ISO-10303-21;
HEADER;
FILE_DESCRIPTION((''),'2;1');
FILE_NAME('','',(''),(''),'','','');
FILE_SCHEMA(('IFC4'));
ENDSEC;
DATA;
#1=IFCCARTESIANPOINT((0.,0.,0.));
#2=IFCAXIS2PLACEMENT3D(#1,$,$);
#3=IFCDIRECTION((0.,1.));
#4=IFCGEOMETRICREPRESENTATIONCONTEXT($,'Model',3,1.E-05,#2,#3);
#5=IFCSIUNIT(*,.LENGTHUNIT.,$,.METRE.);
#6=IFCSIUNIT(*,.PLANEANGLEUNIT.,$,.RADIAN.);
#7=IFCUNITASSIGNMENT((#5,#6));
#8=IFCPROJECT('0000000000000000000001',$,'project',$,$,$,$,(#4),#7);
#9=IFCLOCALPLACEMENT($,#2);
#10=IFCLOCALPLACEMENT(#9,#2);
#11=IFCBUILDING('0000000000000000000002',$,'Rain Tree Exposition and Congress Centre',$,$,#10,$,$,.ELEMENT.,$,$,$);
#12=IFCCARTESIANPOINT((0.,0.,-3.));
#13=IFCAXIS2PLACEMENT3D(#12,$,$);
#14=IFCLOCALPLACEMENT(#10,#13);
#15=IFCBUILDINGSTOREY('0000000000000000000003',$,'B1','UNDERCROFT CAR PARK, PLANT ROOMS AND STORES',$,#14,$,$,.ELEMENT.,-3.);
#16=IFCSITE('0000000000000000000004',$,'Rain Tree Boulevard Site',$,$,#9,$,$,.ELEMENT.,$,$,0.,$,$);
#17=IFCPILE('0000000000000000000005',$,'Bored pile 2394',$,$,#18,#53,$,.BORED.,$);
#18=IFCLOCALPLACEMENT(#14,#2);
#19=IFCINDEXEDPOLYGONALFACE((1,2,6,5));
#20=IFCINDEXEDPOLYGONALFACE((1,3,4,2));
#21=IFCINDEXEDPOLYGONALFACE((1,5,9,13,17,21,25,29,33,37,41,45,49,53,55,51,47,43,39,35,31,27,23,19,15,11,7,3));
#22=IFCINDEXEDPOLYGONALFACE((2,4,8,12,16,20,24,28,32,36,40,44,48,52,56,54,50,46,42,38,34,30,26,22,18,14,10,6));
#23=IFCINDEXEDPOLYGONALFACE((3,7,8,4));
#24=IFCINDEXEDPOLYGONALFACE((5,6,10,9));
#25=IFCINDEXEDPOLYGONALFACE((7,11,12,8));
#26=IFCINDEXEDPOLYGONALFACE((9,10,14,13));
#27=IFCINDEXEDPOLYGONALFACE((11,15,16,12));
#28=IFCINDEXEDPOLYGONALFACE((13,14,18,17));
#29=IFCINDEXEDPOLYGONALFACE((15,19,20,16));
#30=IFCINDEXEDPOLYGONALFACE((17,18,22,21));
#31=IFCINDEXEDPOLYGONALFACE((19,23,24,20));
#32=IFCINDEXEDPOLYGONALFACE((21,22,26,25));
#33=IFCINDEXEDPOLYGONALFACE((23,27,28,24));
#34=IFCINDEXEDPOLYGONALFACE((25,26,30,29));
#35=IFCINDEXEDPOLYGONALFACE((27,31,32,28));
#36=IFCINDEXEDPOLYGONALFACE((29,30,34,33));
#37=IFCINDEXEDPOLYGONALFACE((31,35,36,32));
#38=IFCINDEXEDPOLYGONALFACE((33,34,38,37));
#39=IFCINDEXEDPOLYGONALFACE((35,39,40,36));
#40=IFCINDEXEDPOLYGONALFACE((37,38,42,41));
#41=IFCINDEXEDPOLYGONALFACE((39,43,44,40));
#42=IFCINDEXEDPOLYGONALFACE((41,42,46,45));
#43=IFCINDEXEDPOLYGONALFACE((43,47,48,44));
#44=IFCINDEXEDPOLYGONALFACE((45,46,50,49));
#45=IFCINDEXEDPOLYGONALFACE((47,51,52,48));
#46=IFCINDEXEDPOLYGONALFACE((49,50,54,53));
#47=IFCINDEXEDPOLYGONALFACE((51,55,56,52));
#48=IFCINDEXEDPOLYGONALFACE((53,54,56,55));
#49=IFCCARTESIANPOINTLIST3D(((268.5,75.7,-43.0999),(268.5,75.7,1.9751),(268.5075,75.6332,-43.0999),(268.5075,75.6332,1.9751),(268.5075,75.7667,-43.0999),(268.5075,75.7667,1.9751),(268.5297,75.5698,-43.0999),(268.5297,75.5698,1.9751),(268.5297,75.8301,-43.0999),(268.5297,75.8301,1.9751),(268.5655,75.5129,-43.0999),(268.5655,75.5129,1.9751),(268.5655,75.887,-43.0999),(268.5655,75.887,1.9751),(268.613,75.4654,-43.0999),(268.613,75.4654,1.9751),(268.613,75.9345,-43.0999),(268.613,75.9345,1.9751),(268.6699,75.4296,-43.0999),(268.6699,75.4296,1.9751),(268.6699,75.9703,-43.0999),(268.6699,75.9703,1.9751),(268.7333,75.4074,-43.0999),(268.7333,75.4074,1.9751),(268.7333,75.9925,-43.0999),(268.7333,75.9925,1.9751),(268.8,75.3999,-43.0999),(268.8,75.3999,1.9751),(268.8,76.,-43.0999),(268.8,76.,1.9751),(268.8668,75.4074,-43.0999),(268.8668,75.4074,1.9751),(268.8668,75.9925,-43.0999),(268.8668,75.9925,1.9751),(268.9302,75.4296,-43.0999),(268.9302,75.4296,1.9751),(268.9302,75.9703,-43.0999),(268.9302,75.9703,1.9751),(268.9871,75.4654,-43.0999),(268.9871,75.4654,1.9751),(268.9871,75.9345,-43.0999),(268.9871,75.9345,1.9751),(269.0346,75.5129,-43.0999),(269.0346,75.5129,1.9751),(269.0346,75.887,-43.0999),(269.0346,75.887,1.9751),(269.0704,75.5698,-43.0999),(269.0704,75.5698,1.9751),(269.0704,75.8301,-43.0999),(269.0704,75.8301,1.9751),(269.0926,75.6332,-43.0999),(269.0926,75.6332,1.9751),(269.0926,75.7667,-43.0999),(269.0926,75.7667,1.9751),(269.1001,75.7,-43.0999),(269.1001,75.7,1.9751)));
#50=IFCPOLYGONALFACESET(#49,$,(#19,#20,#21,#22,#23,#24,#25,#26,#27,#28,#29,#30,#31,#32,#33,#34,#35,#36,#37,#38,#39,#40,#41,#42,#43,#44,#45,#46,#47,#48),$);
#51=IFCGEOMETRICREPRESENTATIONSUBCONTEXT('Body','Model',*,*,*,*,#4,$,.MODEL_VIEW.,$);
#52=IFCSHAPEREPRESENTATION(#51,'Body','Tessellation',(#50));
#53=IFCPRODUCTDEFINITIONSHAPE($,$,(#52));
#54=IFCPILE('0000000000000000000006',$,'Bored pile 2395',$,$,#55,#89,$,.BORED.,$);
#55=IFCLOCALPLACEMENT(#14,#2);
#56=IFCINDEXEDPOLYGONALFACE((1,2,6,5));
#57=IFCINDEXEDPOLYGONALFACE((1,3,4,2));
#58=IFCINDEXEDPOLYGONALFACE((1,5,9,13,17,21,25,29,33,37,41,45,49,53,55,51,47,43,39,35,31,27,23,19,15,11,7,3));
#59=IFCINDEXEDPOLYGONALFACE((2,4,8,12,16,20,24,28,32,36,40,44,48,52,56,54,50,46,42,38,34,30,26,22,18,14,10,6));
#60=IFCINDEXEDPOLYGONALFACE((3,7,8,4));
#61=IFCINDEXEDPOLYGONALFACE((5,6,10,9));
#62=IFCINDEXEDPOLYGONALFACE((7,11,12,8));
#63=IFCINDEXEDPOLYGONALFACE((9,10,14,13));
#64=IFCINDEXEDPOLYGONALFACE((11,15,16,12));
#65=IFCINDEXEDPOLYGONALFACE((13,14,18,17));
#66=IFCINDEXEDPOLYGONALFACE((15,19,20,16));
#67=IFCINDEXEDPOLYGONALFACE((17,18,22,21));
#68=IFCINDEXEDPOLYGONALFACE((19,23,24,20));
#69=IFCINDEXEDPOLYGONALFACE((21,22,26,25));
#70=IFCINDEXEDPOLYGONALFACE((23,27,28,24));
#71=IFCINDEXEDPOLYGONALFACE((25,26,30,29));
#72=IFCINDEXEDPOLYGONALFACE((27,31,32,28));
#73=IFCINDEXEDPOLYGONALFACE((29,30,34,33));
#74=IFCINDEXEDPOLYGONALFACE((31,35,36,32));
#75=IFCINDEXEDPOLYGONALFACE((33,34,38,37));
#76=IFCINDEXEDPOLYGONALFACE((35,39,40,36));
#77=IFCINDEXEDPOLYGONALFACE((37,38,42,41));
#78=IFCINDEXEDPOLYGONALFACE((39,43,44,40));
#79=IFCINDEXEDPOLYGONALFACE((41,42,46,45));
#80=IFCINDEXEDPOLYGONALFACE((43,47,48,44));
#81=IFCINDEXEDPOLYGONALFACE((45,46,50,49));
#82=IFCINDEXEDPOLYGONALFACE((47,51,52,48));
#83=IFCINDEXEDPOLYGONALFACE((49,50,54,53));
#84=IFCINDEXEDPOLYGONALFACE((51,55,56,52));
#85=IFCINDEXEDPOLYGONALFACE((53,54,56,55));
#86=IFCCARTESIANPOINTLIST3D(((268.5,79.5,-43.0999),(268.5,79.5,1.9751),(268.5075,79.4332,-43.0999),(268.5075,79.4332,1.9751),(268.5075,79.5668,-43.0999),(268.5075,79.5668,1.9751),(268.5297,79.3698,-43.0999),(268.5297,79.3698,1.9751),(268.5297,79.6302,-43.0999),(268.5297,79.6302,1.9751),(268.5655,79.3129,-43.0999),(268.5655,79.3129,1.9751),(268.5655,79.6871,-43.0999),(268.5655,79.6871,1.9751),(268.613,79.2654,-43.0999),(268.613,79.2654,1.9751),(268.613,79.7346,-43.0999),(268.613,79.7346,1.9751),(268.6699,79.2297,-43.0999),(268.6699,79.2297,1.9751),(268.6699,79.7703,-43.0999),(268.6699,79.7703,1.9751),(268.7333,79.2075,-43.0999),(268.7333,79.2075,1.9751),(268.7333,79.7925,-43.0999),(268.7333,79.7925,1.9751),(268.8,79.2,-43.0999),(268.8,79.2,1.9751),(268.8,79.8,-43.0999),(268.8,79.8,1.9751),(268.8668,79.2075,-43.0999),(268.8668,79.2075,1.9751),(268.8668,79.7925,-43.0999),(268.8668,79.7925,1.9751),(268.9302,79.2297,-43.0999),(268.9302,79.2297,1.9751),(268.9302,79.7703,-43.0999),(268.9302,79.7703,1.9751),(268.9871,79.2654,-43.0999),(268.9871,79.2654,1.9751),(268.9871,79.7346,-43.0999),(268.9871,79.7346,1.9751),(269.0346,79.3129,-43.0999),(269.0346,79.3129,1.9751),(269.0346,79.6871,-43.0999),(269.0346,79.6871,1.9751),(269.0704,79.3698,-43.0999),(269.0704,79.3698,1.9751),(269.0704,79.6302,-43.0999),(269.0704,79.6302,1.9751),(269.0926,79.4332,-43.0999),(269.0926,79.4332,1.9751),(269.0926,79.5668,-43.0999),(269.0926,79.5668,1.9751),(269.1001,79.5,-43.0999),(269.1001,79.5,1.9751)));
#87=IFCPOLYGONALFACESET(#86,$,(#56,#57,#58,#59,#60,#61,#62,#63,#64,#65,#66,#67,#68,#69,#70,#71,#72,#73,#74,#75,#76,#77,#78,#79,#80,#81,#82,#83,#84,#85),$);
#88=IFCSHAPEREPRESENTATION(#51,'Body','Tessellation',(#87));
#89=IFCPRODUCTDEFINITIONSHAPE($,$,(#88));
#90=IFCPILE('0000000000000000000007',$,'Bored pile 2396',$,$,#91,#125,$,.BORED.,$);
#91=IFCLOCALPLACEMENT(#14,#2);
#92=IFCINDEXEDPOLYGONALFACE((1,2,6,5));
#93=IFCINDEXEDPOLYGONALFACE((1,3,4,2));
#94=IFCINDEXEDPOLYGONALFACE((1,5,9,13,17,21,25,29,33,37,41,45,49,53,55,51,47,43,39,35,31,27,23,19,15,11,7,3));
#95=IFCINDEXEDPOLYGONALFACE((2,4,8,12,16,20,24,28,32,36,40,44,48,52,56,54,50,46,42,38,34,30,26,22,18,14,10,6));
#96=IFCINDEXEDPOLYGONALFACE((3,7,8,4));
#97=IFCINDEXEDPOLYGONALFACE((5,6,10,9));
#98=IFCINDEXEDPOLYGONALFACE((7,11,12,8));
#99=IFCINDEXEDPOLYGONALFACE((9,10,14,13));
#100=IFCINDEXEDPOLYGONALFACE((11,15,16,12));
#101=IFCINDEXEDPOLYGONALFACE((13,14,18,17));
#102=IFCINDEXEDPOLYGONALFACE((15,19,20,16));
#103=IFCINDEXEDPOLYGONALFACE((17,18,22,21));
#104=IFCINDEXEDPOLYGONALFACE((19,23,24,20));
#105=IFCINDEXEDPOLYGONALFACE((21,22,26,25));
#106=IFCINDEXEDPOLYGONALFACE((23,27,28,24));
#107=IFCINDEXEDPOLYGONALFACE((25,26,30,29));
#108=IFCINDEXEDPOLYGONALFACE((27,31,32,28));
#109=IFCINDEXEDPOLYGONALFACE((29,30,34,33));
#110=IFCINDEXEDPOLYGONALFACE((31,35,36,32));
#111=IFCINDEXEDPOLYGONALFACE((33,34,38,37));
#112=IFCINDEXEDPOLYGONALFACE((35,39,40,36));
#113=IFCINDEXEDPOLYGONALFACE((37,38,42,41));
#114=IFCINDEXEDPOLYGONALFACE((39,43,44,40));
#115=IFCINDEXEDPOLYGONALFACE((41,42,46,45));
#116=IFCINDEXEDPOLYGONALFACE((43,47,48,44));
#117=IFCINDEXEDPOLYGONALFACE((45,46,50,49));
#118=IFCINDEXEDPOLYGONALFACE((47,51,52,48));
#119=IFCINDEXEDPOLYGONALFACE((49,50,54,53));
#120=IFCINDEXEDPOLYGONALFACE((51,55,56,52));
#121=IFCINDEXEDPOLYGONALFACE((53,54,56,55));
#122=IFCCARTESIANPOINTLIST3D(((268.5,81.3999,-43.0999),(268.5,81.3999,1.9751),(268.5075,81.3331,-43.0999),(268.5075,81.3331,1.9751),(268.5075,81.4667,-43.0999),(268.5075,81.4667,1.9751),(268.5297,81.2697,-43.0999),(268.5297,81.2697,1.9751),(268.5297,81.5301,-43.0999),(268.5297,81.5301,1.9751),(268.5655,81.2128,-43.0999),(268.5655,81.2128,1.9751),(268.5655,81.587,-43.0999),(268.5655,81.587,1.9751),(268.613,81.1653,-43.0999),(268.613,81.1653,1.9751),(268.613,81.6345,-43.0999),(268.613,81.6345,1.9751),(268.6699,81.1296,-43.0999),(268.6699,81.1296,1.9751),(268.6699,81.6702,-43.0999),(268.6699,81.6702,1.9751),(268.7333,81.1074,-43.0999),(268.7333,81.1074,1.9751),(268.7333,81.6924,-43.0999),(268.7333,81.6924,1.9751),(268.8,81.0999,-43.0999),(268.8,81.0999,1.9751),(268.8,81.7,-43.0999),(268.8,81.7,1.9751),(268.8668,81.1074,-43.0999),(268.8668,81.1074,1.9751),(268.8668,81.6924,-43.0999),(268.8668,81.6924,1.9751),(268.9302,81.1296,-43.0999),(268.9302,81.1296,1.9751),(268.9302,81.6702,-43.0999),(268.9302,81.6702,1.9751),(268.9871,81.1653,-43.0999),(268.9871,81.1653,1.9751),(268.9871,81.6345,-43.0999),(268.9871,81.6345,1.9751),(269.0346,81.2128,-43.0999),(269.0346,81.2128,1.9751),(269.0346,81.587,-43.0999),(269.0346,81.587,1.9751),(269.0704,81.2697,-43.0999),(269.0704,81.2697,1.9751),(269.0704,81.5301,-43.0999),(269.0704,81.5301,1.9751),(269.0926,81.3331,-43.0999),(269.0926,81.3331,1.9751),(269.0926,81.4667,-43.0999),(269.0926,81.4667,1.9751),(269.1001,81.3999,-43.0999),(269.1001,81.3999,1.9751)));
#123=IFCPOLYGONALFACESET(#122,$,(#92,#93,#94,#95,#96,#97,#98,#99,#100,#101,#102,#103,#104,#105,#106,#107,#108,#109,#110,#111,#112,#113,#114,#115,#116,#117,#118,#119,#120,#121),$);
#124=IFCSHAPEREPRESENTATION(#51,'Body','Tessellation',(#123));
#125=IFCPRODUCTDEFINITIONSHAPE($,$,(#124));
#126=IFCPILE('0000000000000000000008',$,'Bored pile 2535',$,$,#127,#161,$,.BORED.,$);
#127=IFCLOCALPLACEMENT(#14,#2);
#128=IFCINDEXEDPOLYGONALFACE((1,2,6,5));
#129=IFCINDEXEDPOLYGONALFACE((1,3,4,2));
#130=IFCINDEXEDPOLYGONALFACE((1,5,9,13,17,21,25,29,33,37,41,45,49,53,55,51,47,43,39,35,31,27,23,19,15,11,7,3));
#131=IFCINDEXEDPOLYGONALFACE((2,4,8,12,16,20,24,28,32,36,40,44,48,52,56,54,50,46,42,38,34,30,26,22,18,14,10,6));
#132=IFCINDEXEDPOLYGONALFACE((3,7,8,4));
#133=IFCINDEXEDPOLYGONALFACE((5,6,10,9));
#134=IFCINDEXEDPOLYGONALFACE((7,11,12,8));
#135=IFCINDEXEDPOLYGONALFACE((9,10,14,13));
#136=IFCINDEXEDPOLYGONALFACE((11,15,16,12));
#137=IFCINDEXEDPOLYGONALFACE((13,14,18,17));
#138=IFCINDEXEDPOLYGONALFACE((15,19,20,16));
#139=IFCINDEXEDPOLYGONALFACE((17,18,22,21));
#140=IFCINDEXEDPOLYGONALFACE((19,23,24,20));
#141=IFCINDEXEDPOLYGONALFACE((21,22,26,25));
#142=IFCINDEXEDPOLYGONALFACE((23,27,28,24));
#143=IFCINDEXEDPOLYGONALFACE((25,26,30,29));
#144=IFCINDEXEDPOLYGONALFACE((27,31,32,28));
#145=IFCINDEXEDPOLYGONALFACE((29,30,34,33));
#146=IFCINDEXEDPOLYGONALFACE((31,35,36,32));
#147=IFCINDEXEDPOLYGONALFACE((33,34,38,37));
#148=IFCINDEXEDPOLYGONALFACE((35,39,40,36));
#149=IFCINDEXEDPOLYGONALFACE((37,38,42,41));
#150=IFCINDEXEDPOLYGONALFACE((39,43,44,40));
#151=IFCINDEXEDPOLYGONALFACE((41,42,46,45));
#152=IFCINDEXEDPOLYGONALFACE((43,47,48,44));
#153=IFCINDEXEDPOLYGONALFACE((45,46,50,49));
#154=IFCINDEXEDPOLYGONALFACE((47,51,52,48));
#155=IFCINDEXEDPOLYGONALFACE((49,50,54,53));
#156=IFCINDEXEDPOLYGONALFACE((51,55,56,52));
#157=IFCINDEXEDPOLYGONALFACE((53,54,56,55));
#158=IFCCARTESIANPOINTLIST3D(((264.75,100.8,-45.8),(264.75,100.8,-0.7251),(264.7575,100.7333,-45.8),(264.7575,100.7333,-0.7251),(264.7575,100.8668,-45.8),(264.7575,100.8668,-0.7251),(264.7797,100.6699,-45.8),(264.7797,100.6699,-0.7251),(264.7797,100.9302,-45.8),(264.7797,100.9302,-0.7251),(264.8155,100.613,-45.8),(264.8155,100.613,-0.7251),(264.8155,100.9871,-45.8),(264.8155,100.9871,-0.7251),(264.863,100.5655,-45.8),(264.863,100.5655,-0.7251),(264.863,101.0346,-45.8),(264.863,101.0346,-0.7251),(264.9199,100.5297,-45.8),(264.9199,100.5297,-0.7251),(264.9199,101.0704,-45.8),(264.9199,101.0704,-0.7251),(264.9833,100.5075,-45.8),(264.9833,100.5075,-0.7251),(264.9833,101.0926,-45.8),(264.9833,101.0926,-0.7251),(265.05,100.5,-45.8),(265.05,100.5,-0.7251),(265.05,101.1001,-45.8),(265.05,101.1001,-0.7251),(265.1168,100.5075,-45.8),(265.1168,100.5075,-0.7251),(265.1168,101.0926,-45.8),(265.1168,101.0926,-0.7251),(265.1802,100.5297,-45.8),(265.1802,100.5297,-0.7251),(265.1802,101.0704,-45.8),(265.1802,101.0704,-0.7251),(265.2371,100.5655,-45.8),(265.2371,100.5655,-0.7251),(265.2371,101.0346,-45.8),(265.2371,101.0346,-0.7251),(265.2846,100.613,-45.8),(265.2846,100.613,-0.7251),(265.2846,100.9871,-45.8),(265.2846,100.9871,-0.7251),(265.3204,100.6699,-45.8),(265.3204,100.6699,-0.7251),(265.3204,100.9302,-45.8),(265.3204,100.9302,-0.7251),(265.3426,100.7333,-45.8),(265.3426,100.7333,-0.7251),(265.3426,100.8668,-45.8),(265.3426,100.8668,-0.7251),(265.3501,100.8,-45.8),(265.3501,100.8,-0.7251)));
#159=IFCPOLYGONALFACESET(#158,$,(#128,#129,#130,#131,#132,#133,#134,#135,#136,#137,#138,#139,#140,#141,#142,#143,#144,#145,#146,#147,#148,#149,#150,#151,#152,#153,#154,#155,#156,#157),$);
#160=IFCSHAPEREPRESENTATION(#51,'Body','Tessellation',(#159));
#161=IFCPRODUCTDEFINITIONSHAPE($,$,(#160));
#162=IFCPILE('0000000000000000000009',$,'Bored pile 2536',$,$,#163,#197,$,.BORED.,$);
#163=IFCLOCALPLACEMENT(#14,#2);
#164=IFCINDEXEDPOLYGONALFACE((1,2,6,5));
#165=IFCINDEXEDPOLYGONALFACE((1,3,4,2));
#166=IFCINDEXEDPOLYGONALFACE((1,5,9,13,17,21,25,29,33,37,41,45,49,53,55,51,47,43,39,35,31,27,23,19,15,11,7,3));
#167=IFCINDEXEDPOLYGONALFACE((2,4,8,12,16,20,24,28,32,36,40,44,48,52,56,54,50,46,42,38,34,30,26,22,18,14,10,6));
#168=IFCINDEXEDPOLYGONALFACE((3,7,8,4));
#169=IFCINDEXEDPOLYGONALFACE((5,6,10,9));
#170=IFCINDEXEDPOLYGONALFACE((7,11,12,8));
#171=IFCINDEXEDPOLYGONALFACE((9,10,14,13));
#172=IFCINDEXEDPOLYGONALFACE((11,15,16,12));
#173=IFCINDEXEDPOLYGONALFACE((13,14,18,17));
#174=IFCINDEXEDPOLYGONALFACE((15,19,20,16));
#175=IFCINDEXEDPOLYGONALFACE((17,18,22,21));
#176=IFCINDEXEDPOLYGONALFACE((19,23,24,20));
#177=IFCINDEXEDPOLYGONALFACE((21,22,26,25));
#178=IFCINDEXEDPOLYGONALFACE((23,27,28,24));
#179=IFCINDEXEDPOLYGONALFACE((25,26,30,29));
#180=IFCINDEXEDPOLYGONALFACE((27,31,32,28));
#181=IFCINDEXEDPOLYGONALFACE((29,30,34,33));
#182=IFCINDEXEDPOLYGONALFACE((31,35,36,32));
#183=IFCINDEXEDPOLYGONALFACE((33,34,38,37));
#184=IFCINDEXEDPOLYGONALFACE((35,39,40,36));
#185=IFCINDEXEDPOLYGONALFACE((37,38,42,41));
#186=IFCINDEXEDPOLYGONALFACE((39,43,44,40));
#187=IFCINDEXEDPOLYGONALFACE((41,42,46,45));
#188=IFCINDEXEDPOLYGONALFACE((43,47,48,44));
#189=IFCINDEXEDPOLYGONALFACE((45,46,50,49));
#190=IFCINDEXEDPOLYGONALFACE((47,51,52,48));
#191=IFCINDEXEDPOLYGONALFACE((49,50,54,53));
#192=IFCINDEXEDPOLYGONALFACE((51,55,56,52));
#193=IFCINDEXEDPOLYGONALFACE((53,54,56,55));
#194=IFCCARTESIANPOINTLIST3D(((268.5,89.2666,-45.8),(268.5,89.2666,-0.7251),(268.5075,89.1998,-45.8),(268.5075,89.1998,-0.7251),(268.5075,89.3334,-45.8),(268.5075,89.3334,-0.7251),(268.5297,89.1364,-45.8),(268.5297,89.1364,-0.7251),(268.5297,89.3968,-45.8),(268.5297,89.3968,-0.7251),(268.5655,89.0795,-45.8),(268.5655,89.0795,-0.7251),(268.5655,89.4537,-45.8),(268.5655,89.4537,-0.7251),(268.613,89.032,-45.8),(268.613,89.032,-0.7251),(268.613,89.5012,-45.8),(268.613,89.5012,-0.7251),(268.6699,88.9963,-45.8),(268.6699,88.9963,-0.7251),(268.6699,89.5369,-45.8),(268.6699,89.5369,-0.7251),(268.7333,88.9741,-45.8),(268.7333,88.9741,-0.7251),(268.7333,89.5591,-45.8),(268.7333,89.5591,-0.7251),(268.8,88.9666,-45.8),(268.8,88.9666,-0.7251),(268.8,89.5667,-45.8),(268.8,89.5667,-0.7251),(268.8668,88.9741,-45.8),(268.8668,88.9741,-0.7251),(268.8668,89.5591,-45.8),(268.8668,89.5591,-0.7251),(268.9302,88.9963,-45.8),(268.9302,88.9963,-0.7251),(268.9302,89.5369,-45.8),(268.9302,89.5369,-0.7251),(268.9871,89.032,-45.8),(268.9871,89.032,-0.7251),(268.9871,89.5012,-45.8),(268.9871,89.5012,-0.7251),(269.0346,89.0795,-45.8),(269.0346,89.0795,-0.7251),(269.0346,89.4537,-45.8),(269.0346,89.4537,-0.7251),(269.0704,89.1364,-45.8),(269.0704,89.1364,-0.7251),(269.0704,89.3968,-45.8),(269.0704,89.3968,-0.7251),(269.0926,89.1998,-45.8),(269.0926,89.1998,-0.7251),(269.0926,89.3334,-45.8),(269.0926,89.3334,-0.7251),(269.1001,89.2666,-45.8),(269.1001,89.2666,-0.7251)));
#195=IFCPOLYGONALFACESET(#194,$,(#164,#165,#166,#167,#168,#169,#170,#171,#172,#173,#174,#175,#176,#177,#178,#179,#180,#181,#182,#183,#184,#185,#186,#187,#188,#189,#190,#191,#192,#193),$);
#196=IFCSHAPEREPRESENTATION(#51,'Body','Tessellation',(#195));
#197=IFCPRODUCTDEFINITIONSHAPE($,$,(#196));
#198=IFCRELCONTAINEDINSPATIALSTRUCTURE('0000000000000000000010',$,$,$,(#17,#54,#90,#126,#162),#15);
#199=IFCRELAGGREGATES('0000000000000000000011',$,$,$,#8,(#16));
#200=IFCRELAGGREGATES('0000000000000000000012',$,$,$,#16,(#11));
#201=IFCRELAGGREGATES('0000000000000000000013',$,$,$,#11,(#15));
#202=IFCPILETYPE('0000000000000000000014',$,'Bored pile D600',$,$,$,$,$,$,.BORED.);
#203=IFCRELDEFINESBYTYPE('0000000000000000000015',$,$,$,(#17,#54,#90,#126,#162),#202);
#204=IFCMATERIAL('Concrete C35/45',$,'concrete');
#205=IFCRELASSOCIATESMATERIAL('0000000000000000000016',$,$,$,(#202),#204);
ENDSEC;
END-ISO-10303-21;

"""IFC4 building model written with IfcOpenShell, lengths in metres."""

from ifc_helpers import new_model, si_unit, direction, frame, origin, origin_2d, place, context, subcontext, project, spatial, circle, extrude, material, material_profile, profile_set, type_object, element, save


model = new_model("IFC4")

# Units and contexts
model_context = context("Model", 3, precision=1e-05, world=origin(), true_north=direction((0.0, 1.0)))
body_context = subcontext(model_context, "Body", "Model", "MODEL_VIEW")
ifc_project = project(units=[si_unit("LENGTHUNIT", "METRE"), si_unit("PLANEANGLEUNIT", "RADIAN")], contexts=[model_context])

# Site, building, storey
site_placement = place(None, origin())
site = spatial("IfcSite", under=ifc_project, at=site_placement, Name="Rain Tree Boulevard Site", CompositionType="ELEMENT", RefElevation=0.0)
building_placement = place(site_placement, origin())
building = spatial("IfcBuilding", under=site, at=building_placement, Name="Rain Tree Exposition and Congress Centre", CompositionType="ELEMENT")
storey_placement = place(building_placement, frame((0.0, 0.0, -3.0)))
storey = spatial("IfcBuildingStorey", under=building, at=storey_placement, Name="B1", Description="UNDERCROFT CAR PARK, PLANT ROOMS AND STORES", CompositionType="ELEMENT", Elevation=-3.0)

# Piles
ifc_material_1 = material(Name="Concrete C35/45", Category="concrete")
ifc_material_profile_1 = material_profile(ifc_material_1, circle(Radius=0.3, at=origin_2d()), Name="D600")
ifc_profile_set_1 = profile_set([ifc_material_profile_1], Name="Concrete C35/45")
pile_type_1 = type_object("IfcPileType", Name="Bored pile D600", PredefinedType="BORED", material=ifc_profile_set_1)
for number, where, z_axis, x_axis, name in (
    (1, (268.8, 75.7, 1.9751), (0.0, 0.0, -1.0), (1.0, 0.0, 0.0), "Bored pile 2394"),
    (2, (268.8, 79.5, 1.9751), (0.0, 0.0, -1.0), (1.0, 0.0, 0.0), "Bored pile 2395"),
    (3, (268.8, 81.3999, 1.9751), (0.0, 0.0, -1.0), (1.0, 0.0, 0.0), "Bored pile 2396"),
    (4, (265.05, 100.8, -0.7251), (0.0, 0.0, -1.0), (1.0, 0.0, 0.0), "Bored pile 2535"),
    (5, (268.8, 89.2666, -0.7251), (0.0, 0.0, -1.0), (1.0, 0.0, 0.0), "Bored pile 2536"),
):
    element("IfcPile", number, at=place(storey_placement, frame(where, z_axis=z_axis, x_axis=x_axis)), inside=storey, type_object=pile_type_1, Name=name, PredefinedType="BORED", context=body_context, shape_type="SweptSolid", body=[
        extrude(circle(Radius=0.3, at=origin_2d()), origin(), (0.0, 0.0, 1.0), 45.075),
    ])

save(model, "model.ifc")
